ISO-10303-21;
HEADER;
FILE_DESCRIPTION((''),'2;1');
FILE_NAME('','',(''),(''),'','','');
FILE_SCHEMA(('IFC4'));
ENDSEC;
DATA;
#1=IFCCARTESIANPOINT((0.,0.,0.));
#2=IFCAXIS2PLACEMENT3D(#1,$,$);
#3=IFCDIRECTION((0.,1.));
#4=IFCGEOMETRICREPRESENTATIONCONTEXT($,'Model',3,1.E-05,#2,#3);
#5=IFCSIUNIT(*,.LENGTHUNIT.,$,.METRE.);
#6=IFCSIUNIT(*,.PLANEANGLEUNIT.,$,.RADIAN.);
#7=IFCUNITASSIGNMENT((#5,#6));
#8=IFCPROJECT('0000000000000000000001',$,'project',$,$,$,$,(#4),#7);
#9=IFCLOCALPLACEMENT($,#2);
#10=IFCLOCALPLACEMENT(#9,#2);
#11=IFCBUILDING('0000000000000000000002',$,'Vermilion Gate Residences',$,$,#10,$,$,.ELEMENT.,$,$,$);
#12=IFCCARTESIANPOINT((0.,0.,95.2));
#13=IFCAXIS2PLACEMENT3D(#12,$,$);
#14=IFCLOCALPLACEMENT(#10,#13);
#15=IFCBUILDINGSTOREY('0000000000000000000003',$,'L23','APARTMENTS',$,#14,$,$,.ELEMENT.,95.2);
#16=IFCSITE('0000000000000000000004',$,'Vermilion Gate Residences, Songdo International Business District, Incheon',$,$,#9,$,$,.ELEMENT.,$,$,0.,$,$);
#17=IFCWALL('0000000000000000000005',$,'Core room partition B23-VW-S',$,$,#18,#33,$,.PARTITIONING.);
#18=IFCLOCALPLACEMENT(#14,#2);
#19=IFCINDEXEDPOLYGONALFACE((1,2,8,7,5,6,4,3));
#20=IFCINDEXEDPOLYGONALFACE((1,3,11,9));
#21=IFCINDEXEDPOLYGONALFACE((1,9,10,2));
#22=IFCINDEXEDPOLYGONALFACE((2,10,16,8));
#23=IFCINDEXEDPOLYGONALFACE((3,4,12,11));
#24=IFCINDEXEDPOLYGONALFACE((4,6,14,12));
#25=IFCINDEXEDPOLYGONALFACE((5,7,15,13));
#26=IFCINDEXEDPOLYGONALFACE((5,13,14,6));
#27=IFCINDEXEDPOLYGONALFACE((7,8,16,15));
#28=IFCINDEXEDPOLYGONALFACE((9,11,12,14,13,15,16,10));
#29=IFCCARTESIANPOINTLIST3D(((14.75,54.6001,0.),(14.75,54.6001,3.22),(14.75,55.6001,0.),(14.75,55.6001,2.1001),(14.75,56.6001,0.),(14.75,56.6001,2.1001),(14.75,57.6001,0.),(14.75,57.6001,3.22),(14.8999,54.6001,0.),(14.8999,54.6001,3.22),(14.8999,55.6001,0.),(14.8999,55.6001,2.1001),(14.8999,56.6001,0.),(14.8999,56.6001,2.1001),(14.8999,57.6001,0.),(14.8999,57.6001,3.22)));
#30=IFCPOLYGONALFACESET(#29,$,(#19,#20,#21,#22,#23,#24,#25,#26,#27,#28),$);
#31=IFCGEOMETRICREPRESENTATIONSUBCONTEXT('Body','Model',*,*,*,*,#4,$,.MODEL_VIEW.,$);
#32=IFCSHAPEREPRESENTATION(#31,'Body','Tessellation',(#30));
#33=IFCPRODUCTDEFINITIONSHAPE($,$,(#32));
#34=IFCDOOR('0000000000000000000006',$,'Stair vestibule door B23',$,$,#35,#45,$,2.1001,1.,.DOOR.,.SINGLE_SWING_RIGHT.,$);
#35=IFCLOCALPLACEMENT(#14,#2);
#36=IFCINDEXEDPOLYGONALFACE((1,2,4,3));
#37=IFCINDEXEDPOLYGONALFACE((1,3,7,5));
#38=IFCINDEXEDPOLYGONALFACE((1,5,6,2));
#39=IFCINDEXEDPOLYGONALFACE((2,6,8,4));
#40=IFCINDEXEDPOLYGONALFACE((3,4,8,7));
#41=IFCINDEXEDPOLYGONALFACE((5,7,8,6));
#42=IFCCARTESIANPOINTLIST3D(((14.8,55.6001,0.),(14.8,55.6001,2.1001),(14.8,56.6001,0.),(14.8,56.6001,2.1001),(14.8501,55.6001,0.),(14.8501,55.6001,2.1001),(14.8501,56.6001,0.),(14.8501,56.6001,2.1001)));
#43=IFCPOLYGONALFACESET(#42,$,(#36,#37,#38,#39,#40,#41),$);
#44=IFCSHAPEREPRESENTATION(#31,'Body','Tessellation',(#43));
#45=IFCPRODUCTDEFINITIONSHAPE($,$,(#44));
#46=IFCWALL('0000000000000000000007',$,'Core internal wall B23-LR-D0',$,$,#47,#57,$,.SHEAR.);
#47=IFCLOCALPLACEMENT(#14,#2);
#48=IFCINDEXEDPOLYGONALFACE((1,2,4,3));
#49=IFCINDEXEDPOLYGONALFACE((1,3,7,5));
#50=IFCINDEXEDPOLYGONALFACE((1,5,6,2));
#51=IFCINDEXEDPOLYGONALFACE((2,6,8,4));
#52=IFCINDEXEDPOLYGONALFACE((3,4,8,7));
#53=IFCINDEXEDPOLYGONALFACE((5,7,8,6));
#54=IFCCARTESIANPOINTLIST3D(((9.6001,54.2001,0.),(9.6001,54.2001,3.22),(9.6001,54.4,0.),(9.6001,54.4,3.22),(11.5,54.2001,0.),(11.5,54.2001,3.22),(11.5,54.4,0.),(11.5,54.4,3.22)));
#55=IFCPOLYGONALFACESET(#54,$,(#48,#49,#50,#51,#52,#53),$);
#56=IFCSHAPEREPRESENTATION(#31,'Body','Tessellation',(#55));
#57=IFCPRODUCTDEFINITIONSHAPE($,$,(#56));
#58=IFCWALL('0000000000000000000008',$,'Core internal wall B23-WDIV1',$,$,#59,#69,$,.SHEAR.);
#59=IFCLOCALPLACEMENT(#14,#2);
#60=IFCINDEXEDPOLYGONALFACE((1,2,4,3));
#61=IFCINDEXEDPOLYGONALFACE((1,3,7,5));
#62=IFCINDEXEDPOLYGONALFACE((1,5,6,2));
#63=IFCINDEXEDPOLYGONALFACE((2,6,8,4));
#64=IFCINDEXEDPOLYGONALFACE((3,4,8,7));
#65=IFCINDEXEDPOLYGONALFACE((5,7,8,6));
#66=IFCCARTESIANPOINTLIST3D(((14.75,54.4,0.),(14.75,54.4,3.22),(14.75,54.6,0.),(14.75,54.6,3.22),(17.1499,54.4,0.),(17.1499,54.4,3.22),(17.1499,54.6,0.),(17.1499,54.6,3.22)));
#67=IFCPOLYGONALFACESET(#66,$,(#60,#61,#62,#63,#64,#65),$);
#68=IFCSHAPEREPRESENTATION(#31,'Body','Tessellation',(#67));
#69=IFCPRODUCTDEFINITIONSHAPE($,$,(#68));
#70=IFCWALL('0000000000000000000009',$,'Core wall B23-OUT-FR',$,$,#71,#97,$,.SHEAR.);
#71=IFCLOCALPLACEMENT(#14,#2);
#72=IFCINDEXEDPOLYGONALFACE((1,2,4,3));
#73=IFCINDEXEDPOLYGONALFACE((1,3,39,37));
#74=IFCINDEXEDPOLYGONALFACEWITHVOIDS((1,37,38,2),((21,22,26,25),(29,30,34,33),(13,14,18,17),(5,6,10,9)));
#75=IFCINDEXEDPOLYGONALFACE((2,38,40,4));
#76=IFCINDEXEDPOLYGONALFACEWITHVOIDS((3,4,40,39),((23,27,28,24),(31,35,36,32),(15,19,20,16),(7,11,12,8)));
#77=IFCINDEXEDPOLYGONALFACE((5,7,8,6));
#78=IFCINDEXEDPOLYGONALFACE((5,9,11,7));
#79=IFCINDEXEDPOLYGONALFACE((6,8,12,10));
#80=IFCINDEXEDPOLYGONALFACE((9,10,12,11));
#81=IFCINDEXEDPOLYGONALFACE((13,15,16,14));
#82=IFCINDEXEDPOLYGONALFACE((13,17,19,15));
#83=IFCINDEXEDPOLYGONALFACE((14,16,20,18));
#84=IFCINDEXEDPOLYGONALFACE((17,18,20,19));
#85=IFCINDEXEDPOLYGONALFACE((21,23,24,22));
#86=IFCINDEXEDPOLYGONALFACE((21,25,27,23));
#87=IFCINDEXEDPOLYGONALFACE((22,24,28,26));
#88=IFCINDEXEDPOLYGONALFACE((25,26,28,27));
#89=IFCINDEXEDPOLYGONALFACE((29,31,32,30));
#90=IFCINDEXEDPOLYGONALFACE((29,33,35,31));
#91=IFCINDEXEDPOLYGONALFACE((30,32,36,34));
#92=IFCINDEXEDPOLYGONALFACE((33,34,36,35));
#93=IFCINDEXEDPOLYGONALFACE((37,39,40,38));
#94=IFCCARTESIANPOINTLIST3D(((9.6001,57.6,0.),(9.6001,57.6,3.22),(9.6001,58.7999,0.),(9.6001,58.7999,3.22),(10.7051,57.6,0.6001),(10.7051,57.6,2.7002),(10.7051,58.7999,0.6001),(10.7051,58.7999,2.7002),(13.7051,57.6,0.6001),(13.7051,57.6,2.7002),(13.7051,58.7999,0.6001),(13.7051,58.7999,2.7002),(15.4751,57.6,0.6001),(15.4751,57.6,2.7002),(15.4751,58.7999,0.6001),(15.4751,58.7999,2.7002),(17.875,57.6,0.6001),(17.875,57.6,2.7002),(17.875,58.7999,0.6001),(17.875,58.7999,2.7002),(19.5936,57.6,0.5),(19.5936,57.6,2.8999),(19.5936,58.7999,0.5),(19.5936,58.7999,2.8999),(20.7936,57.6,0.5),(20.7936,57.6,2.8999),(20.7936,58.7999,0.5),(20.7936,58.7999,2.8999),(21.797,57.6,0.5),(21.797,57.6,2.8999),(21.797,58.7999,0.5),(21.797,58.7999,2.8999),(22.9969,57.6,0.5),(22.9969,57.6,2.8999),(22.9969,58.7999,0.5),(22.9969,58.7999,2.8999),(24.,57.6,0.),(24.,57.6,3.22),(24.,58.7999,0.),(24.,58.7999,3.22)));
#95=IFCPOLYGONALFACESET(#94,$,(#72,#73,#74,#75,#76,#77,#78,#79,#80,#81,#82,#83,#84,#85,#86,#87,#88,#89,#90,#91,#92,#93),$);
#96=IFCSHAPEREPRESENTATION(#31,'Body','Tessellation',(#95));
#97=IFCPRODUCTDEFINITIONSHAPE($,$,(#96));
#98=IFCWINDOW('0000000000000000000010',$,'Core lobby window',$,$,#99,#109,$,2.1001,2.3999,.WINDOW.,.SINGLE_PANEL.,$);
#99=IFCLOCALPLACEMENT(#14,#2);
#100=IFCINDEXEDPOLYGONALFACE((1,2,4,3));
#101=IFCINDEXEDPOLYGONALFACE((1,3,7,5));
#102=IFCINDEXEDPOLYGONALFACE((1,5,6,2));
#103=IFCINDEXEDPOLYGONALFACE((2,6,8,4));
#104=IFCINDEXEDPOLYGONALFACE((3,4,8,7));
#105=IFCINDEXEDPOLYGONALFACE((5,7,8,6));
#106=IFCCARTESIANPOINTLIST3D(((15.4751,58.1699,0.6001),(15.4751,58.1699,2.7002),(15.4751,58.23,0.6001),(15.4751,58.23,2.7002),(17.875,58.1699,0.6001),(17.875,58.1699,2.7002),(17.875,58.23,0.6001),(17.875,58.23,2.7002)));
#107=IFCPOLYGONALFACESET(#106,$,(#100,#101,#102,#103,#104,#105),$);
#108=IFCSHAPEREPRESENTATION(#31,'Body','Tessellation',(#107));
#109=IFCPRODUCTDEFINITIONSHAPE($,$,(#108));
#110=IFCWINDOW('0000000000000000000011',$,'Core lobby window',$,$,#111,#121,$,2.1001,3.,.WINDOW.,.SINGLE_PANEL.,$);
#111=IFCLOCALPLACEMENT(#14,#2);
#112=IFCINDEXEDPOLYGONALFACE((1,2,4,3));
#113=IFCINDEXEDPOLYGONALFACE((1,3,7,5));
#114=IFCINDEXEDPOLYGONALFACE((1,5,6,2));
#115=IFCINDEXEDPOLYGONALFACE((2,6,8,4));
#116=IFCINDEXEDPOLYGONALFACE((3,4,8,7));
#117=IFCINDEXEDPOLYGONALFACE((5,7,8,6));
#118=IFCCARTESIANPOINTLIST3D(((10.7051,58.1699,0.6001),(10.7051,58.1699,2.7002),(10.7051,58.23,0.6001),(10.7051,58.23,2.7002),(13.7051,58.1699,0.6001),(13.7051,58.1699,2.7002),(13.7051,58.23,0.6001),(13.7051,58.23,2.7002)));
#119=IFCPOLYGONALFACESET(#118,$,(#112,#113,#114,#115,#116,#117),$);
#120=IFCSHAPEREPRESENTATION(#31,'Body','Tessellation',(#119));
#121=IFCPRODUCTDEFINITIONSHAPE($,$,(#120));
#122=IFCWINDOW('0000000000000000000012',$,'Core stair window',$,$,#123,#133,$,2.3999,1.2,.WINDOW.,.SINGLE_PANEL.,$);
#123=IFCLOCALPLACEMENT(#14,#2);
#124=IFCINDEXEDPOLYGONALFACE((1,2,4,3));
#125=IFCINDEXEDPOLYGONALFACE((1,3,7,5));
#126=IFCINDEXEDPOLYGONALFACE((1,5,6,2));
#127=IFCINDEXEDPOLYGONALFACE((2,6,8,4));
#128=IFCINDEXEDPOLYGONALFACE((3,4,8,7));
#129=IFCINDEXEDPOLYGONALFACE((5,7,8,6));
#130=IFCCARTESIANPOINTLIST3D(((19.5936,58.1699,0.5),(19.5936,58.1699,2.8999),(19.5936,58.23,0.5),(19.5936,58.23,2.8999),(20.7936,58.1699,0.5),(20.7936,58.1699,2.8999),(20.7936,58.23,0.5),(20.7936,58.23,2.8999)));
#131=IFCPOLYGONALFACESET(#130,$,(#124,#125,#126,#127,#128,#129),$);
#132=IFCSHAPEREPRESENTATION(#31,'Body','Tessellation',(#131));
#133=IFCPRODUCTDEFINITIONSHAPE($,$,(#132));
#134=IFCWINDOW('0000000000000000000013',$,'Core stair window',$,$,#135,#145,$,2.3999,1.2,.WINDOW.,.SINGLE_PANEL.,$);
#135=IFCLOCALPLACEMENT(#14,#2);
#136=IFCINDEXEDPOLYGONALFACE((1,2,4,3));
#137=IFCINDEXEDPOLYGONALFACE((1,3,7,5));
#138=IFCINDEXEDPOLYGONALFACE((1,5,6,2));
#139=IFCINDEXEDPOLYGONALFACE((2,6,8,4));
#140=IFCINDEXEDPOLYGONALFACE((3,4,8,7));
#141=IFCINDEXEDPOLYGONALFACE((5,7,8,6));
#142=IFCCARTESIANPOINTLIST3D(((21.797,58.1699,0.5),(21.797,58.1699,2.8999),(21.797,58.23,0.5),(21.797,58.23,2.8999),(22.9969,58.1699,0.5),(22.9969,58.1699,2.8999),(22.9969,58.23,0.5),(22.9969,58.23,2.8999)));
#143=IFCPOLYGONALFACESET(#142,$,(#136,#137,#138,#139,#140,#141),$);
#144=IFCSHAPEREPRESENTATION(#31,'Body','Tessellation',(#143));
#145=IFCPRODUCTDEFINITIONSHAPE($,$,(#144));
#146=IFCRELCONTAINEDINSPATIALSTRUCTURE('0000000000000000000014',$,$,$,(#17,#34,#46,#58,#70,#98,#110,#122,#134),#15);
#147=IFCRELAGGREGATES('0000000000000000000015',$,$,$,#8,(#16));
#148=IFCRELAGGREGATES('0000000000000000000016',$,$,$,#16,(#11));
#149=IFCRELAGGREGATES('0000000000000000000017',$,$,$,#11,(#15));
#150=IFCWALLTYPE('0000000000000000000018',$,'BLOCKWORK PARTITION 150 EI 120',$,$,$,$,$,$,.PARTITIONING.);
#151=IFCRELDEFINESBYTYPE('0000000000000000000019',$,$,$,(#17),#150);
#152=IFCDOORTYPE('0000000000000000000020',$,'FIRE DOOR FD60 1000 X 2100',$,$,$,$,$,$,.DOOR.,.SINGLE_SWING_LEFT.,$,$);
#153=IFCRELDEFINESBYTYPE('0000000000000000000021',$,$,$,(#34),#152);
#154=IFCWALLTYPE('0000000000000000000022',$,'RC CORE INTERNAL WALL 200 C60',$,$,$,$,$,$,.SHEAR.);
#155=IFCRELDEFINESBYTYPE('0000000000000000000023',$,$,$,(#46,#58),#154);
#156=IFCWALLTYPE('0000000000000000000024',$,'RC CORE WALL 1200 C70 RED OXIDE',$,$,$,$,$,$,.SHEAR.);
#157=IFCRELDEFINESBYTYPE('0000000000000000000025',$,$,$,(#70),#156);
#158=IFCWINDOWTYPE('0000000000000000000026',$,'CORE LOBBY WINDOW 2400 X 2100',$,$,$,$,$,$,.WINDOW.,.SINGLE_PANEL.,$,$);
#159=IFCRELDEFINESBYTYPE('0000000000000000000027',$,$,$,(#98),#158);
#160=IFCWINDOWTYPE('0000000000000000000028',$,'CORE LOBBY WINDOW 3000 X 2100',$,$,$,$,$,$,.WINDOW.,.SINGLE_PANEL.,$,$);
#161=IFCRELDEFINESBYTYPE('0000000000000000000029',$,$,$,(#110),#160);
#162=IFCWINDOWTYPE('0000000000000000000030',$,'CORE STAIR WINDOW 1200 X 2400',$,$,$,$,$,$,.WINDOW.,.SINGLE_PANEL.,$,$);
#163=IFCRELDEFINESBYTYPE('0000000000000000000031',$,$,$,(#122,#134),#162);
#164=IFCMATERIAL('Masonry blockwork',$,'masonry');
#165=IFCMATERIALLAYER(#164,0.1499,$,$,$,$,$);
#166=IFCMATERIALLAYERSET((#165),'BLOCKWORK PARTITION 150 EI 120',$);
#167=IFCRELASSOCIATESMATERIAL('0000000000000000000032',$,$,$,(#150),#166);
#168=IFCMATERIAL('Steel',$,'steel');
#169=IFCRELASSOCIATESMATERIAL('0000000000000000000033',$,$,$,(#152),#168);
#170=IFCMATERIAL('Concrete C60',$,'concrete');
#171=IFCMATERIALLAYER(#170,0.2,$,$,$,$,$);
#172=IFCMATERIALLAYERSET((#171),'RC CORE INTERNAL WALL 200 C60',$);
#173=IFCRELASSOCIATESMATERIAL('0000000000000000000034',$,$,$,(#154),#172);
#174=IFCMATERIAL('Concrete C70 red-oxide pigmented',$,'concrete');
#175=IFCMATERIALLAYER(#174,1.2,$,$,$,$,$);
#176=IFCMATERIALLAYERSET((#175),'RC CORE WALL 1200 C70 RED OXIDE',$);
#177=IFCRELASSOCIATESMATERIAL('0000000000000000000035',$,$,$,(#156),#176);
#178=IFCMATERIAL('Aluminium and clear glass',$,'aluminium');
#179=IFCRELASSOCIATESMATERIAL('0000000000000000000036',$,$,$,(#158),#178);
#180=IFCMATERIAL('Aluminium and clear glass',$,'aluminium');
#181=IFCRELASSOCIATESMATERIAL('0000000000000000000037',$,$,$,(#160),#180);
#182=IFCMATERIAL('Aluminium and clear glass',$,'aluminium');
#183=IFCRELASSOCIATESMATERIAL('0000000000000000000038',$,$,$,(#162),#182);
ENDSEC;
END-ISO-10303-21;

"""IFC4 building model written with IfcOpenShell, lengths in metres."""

from ifc_helpers import new_model, si_unit, direction, frame, frame_2d, origin, place, context, subcontext, project, spatial, rectangle, extrude, material, layer, layer_set, type_object, element, fill, save


model = new_model("IFC4")

# Units and contexts
model_context = context("Model", 3, precision=1e-05, world=origin(), true_north=direction((0.0, 1.0)))
body_context = subcontext(model_context, "Body", "Model", "MODEL_VIEW")
ifc_project = project(units=[si_unit("LENGTHUNIT", "METRE"), si_unit("PLANEANGLEUNIT", "RADIAN")], contexts=[model_context])

# Site, building, storey
site_placement = place(None, origin())
site = spatial("IfcSite", under=ifc_project, at=site_placement, Name="Vermilion Gate Residences, Songdo International Business District, Incheon", CompositionType="ELEMENT", RefElevation=0.0)
building_placement = place(site_placement, origin())
building = spatial("IfcBuilding", under=site, at=building_placement, Name="Vermilion Gate Residences", CompositionType="ELEMENT")
storey_placement = place(building_placement, frame((0.0, 0.0, 95.2)))
storey = spatial("IfcBuildingStorey", under=building, at=storey_placement, Name="L23", Description="APARTMENTS", CompositionType="ELEMENT", Elevation=95.2)

# Wall, opening, door
ifc_material_1 = material(Name="Masonry blockwork", Category="masonry")
ifc_layer_1 = layer(ifc_material_1, 0.1499)
ifc_layer_set_1 = layer_set([ifc_layer_1], Name="BLOCKWORK PARTITION 150 EI 120")
wall_type_1 = type_object("IfcWallType", Name="BLOCKWORK PARTITION 150 EI 120", PredefinedType="PARTITIONING", material=ifc_layer_set_1)
wall_1_placement = place(storey_placement, frame((14.825, 57.6001, 0.0), z_axis=(0.0, 0.0, 1.0), x_axis=(0.0, -1.0, 0.0)))
wall_1 = element("IfcWall", 1, at=wall_1_placement, inside=storey, type_object=wall_type_1, Name="Core room partition B23-VW-S", PredefinedType="PARTITIONING", context=body_context, shape_type="SweptSolid", body=[
    extrude(rectangle(XDim=3.0, YDim=0.1499, at=frame_2d((1.5, 0.0))), origin(), (0.0, 0.0, 1.0), 3.22),
])
opening_1_placement = place(wall_1_placement, frame((1.0, 0.0, 0.0)))
opening_1 = element("IfcOpeningElement", 2, at=opening_1_placement, cuts=wall_1, PredefinedType="OPENING", context=body_context, shape_type="SweptSolid", body=[
    extrude(rectangle(XDim=1.0, YDim=2.1001, at=frame_2d((0.5, 1.05))), frame((0.0, 0.085, 0.0), z_axis=(0.0, -1.0, 0.0), x_axis=(1.0, 0.0, 0.0)), (0.0, 0.0, 1.0), 0.1699),
])
ifc_material_2 = material(Name="Steel", Category="steel")
door_type_1 = type_object("IfcDoorType", Name="FIRE DOOR FD60 1000 X 2100", OperationType="SINGLE_SWING_LEFT", PredefinedType="DOOR", material=ifc_material_2)
door_1_placement = place(opening_1_placement, frame((1.0, 0.0, 0.0), z_axis=(0.0, 0.0, 1.0), x_axis=(-1.0, 0.0, 0.0)))
door_1 = element("IfcDoor", 3, at=door_1_placement, inside=storey, type_object=door_type_1, Name="Stair vestibule door B23", OperationType="SINGLE_SWING_RIGHT", OverallHeight=2.1001, OverallWidth=1.0, PredefinedType="DOOR", context=body_context, shape_type="SweptSolid", body=[
    extrude(rectangle(XDim=1.0, YDim=2.1001, at=frame_2d((0.5, 1.05))), frame((0.0, 0.0249, 0.0), z_axis=(0.0, -1.0, 0.0), x_axis=(1.0, 0.0, 0.0)), (0.0, 0.0, 1.0), 0.05),
])
fill(opening_1, door_1)

# Walls
ifc_material_3 = material(Name="Concrete C60", Category="concrete")
ifc_layer_2 = layer(ifc_material_3, 0.2)
ifc_layer_set_2 = layer_set([ifc_layer_2], Name="RC CORE INTERNAL WALL 200 C60")
wall_type_2 = type_object("IfcWallType", Name="RC CORE INTERNAL WALL 200 C60", PredefinedType="SHEAR", material=ifc_layer_set_2)
wall_2_placement = place(storey_placement, frame((9.6001, 54.3, 0.0), z_axis=(0.0, 0.0, 1.0), x_axis=(1.0, 0.0, 0.0)))
element("IfcWall", 4, at=wall_2_placement, inside=storey, type_object=wall_type_2, Name="Core internal wall B23-LR-D0", PredefinedType="SHEAR", context=body_context, shape_type="SweptSolid", body=[
    extrude(rectangle(XDim=1.8999, YDim=0.2, at=frame_2d((0.95, 0.0))), origin(), (0.0, 0.0, 1.0), 3.22),
])
wall_3_placement = place(storey_placement, frame((14.75, 54.5, 0.0), z_axis=(0.0, 0.0, 1.0), x_axis=(1.0, 0.0, 0.0)))
element("IfcWall", 5, at=wall_3_placement, inside=storey, type_object=wall_type_2, Name="Core internal wall B23-WDIV1", PredefinedType="SHEAR", context=body_context, shape_type="SweptSolid", body=[
    extrude(rectangle(XDim=2.3999, YDim=0.2, at=frame_2d((1.2, 0.0))), origin(), (0.0, 0.0, 1.0), 3.22),
])

# Wall, openings, windows
ifc_material_4 = material(Name="Concrete C70 red-oxide pigmented", Category="concrete")
ifc_layer_3 = layer(ifc_material_4, 1.2)
ifc_layer_set_3 = layer_set([ifc_layer_3], Name="RC CORE WALL 1200 C70 RED OXIDE")
wall_type_3 = type_object("IfcWallType", Name="RC CORE WALL 1200 C70 RED OXIDE", PredefinedType="SHEAR", material=ifc_layer_set_3)
wall_4_placement = place(storey_placement, frame((9.6001, 58.2, 0.0), z_axis=(0.0, 0.0, 1.0), x_axis=(1.0, 0.0, 0.0)))
wall_4 = element("IfcWall", 6, at=wall_4_placement, inside=storey, type_object=wall_type_3, Name="Core wall B23-OUT-FR", PredefinedType="SHEAR", context=body_context, shape_type="SweptSolid", body=[
    extrude(rectangle(XDim=14.3999, YDim=1.2, at=frame_2d((7.2, 0.0))), origin(), (0.0, 0.0, 1.0), 3.22),
])
opening_2_placement = place(wall_4_placement, frame((1.105, 0.0, 0.6001)))
opening_2 = element("IfcOpeningElement", 7, at=opening_2_placement, cuts=wall_4, PredefinedType="OPENING", context=body_context, shape_type="SweptSolid", body=[
    extrude(rectangle(XDim=3.0, YDim=2.1001, at=frame_2d((1.5, 1.05))), frame((0.0, 0.6099, 0.0), z_axis=(0.0, -1.0, 0.0), x_axis=(1.0, 0.0, 0.0)), (0.0, 0.0, 1.0), 1.22),
])
opening_3_placement = place(wall_4_placement, frame((5.875, 0.0, 0.6001)))
opening_3 = element("IfcOpeningElement", 8, at=opening_3_placement, cuts=wall_4, PredefinedType="OPENING", context=body_context, shape_type="SweptSolid", body=[
    extrude(rectangle(XDim=2.3999, YDim=2.1001, at=frame_2d((1.2, 1.05))), frame((0.0, 0.6099, 0.0), z_axis=(0.0, -1.0, 0.0), x_axis=(1.0, 0.0, 0.0)), (0.0, 0.0, 1.0), 1.22),
])
opening_4_placement = place(wall_4_placement, frame((9.9934, 0.0, 0.5)))
opening_4 = element("IfcOpeningElement", 9, at=opening_4_placement, cuts=wall_4, PredefinedType="OPENING", context=body_context, shape_type="SweptSolid", body=[
    extrude(rectangle(XDim=1.2, YDim=2.3999, at=frame_2d((0.6001, 1.2))), frame((0.0, 0.6099, 0.0), z_axis=(0.0, -1.0, 0.0), x_axis=(1.0, 0.0, 0.0)), (0.0, 0.0, 1.0), 1.22),
])
opening_5_placement = place(wall_4_placement, frame((12.1968, 0.0, 0.5)))
opening_5 = element("IfcOpeningElement", 10, at=opening_5_placement, cuts=wall_4, PredefinedType="OPENING", context=body_context, shape_type="SweptSolid", body=[
    extrude(rectangle(XDim=1.2, YDim=2.3999, at=frame_2d((0.6001, 1.2))), frame((0.0, 0.6099, 0.0), z_axis=(0.0, -1.0, 0.0), x_axis=(1.0, 0.0, 0.0)), (0.0, 0.0, 1.0), 1.22),
])
ifc_material_5 = material(Name="Aluminium and clear glass", Category="aluminium")
window_type_1 = type_object("IfcWindowType", Name="CORE LOBBY WINDOW 2400 X 2100", PartitioningType="SINGLE_PANEL", PredefinedType="WINDOW", material=ifc_material_5)
window_1_placement = place(opening_3_placement, origin())
window_1 = element("IfcWindow", 11, at=window_1_placement, inside=storey, type_object=window_type_1, Name="Core lobby window", OverallHeight=2.1001, OverallWidth=2.3999, PartitioningType="SINGLE_PANEL", PredefinedType="WINDOW", context=body_context, shape_type="SweptSolid", body=[
    extrude(rectangle(XDim=2.3999, YDim=2.1001, at=frame_2d((1.2, 1.05))), frame((0.0, 0.03, 0.0), z_axis=(0.0, -1.0, 0.0), x_axis=(1.0, 0.0, 0.0)), (0.0, 0.0, 1.0), 0.0601),
])
fill(opening_3, window_1)
ifc_material_6 = material(Name="Aluminium and clear glass", Category="aluminium")
window_type_2 = type_object("IfcWindowType", Name="CORE LOBBY WINDOW 3000 X 2100", PartitioningType="SINGLE_PANEL", PredefinedType="WINDOW", material=ifc_material_6)
window_2_placement = place(opening_2_placement, origin())
window_2 = element("IfcWindow", 12, at=window_2_placement, inside=storey, type_object=window_type_2, Name="Core lobby window", OverallHeight=2.1001, OverallWidth=3.0, PartitioningType="SINGLE_PANEL", PredefinedType="WINDOW", context=body_context, shape_type="SweptSolid", body=[
    extrude(rectangle(XDim=3.0, YDim=2.1001, at=frame_2d((1.5, 1.05))), frame((0.0, 0.03, 0.0), z_axis=(0.0, -1.0, 0.0), x_axis=(1.0, 0.0, 0.0)), (0.0, 0.0, 1.0), 0.0601),
])
fill(opening_2, window_2)
ifc_material_7 = material(Name="Aluminium and clear glass", Category="aluminium")
window_type_3 = type_object("IfcWindowType", Name="CORE STAIR WINDOW 1200 X 2400", PartitioningType="SINGLE_PANEL", PredefinedType="WINDOW", material=ifc_material_7)
window_3_placement = place(opening_4_placement, origin())
window_3 = element("IfcWindow", 13, at=window_3_placement, inside=storey, type_object=window_type_3, Name="Core stair window", OverallHeight=2.3999, OverallWidth=1.2, PartitioningType="SINGLE_PANEL", PredefinedType="WINDOW", context=body_context, shape_type="SweptSolid", body=[
    extrude(rectangle(XDim=1.2, YDim=2.3999, at=frame_2d((0.6001, 1.2))), frame((0.0, 0.03, 0.0), z_axis=(0.0, -1.0, 0.0), x_axis=(1.0, 0.0, 0.0)), (0.0, 0.0, 1.0), 0.0601),
])
fill(opening_4, window_3)
window_4_placement = place(opening_5_placement, origin())
window_4 = element("IfcWindow", 14, at=window_4_placement, inside=storey, type_object=window_type_3, Name="Core stair window", OverallHeight=2.3999, OverallWidth=1.2, PartitioningType="SINGLE_PANEL", PredefinedType="WINDOW", context=body_context, shape_type="SweptSolid", body=[
    extrude(rectangle(XDim=1.2, YDim=2.3999, at=frame_2d((0.6001, 1.2))), frame((0.0, 0.03, 0.0), z_axis=(0.0, -1.0, 0.0), x_axis=(1.0, 0.0, 0.0)), (0.0, 0.0, 1.0), 0.0601),
])
fill(opening_5, window_4)

save(model, "model.ifc")
